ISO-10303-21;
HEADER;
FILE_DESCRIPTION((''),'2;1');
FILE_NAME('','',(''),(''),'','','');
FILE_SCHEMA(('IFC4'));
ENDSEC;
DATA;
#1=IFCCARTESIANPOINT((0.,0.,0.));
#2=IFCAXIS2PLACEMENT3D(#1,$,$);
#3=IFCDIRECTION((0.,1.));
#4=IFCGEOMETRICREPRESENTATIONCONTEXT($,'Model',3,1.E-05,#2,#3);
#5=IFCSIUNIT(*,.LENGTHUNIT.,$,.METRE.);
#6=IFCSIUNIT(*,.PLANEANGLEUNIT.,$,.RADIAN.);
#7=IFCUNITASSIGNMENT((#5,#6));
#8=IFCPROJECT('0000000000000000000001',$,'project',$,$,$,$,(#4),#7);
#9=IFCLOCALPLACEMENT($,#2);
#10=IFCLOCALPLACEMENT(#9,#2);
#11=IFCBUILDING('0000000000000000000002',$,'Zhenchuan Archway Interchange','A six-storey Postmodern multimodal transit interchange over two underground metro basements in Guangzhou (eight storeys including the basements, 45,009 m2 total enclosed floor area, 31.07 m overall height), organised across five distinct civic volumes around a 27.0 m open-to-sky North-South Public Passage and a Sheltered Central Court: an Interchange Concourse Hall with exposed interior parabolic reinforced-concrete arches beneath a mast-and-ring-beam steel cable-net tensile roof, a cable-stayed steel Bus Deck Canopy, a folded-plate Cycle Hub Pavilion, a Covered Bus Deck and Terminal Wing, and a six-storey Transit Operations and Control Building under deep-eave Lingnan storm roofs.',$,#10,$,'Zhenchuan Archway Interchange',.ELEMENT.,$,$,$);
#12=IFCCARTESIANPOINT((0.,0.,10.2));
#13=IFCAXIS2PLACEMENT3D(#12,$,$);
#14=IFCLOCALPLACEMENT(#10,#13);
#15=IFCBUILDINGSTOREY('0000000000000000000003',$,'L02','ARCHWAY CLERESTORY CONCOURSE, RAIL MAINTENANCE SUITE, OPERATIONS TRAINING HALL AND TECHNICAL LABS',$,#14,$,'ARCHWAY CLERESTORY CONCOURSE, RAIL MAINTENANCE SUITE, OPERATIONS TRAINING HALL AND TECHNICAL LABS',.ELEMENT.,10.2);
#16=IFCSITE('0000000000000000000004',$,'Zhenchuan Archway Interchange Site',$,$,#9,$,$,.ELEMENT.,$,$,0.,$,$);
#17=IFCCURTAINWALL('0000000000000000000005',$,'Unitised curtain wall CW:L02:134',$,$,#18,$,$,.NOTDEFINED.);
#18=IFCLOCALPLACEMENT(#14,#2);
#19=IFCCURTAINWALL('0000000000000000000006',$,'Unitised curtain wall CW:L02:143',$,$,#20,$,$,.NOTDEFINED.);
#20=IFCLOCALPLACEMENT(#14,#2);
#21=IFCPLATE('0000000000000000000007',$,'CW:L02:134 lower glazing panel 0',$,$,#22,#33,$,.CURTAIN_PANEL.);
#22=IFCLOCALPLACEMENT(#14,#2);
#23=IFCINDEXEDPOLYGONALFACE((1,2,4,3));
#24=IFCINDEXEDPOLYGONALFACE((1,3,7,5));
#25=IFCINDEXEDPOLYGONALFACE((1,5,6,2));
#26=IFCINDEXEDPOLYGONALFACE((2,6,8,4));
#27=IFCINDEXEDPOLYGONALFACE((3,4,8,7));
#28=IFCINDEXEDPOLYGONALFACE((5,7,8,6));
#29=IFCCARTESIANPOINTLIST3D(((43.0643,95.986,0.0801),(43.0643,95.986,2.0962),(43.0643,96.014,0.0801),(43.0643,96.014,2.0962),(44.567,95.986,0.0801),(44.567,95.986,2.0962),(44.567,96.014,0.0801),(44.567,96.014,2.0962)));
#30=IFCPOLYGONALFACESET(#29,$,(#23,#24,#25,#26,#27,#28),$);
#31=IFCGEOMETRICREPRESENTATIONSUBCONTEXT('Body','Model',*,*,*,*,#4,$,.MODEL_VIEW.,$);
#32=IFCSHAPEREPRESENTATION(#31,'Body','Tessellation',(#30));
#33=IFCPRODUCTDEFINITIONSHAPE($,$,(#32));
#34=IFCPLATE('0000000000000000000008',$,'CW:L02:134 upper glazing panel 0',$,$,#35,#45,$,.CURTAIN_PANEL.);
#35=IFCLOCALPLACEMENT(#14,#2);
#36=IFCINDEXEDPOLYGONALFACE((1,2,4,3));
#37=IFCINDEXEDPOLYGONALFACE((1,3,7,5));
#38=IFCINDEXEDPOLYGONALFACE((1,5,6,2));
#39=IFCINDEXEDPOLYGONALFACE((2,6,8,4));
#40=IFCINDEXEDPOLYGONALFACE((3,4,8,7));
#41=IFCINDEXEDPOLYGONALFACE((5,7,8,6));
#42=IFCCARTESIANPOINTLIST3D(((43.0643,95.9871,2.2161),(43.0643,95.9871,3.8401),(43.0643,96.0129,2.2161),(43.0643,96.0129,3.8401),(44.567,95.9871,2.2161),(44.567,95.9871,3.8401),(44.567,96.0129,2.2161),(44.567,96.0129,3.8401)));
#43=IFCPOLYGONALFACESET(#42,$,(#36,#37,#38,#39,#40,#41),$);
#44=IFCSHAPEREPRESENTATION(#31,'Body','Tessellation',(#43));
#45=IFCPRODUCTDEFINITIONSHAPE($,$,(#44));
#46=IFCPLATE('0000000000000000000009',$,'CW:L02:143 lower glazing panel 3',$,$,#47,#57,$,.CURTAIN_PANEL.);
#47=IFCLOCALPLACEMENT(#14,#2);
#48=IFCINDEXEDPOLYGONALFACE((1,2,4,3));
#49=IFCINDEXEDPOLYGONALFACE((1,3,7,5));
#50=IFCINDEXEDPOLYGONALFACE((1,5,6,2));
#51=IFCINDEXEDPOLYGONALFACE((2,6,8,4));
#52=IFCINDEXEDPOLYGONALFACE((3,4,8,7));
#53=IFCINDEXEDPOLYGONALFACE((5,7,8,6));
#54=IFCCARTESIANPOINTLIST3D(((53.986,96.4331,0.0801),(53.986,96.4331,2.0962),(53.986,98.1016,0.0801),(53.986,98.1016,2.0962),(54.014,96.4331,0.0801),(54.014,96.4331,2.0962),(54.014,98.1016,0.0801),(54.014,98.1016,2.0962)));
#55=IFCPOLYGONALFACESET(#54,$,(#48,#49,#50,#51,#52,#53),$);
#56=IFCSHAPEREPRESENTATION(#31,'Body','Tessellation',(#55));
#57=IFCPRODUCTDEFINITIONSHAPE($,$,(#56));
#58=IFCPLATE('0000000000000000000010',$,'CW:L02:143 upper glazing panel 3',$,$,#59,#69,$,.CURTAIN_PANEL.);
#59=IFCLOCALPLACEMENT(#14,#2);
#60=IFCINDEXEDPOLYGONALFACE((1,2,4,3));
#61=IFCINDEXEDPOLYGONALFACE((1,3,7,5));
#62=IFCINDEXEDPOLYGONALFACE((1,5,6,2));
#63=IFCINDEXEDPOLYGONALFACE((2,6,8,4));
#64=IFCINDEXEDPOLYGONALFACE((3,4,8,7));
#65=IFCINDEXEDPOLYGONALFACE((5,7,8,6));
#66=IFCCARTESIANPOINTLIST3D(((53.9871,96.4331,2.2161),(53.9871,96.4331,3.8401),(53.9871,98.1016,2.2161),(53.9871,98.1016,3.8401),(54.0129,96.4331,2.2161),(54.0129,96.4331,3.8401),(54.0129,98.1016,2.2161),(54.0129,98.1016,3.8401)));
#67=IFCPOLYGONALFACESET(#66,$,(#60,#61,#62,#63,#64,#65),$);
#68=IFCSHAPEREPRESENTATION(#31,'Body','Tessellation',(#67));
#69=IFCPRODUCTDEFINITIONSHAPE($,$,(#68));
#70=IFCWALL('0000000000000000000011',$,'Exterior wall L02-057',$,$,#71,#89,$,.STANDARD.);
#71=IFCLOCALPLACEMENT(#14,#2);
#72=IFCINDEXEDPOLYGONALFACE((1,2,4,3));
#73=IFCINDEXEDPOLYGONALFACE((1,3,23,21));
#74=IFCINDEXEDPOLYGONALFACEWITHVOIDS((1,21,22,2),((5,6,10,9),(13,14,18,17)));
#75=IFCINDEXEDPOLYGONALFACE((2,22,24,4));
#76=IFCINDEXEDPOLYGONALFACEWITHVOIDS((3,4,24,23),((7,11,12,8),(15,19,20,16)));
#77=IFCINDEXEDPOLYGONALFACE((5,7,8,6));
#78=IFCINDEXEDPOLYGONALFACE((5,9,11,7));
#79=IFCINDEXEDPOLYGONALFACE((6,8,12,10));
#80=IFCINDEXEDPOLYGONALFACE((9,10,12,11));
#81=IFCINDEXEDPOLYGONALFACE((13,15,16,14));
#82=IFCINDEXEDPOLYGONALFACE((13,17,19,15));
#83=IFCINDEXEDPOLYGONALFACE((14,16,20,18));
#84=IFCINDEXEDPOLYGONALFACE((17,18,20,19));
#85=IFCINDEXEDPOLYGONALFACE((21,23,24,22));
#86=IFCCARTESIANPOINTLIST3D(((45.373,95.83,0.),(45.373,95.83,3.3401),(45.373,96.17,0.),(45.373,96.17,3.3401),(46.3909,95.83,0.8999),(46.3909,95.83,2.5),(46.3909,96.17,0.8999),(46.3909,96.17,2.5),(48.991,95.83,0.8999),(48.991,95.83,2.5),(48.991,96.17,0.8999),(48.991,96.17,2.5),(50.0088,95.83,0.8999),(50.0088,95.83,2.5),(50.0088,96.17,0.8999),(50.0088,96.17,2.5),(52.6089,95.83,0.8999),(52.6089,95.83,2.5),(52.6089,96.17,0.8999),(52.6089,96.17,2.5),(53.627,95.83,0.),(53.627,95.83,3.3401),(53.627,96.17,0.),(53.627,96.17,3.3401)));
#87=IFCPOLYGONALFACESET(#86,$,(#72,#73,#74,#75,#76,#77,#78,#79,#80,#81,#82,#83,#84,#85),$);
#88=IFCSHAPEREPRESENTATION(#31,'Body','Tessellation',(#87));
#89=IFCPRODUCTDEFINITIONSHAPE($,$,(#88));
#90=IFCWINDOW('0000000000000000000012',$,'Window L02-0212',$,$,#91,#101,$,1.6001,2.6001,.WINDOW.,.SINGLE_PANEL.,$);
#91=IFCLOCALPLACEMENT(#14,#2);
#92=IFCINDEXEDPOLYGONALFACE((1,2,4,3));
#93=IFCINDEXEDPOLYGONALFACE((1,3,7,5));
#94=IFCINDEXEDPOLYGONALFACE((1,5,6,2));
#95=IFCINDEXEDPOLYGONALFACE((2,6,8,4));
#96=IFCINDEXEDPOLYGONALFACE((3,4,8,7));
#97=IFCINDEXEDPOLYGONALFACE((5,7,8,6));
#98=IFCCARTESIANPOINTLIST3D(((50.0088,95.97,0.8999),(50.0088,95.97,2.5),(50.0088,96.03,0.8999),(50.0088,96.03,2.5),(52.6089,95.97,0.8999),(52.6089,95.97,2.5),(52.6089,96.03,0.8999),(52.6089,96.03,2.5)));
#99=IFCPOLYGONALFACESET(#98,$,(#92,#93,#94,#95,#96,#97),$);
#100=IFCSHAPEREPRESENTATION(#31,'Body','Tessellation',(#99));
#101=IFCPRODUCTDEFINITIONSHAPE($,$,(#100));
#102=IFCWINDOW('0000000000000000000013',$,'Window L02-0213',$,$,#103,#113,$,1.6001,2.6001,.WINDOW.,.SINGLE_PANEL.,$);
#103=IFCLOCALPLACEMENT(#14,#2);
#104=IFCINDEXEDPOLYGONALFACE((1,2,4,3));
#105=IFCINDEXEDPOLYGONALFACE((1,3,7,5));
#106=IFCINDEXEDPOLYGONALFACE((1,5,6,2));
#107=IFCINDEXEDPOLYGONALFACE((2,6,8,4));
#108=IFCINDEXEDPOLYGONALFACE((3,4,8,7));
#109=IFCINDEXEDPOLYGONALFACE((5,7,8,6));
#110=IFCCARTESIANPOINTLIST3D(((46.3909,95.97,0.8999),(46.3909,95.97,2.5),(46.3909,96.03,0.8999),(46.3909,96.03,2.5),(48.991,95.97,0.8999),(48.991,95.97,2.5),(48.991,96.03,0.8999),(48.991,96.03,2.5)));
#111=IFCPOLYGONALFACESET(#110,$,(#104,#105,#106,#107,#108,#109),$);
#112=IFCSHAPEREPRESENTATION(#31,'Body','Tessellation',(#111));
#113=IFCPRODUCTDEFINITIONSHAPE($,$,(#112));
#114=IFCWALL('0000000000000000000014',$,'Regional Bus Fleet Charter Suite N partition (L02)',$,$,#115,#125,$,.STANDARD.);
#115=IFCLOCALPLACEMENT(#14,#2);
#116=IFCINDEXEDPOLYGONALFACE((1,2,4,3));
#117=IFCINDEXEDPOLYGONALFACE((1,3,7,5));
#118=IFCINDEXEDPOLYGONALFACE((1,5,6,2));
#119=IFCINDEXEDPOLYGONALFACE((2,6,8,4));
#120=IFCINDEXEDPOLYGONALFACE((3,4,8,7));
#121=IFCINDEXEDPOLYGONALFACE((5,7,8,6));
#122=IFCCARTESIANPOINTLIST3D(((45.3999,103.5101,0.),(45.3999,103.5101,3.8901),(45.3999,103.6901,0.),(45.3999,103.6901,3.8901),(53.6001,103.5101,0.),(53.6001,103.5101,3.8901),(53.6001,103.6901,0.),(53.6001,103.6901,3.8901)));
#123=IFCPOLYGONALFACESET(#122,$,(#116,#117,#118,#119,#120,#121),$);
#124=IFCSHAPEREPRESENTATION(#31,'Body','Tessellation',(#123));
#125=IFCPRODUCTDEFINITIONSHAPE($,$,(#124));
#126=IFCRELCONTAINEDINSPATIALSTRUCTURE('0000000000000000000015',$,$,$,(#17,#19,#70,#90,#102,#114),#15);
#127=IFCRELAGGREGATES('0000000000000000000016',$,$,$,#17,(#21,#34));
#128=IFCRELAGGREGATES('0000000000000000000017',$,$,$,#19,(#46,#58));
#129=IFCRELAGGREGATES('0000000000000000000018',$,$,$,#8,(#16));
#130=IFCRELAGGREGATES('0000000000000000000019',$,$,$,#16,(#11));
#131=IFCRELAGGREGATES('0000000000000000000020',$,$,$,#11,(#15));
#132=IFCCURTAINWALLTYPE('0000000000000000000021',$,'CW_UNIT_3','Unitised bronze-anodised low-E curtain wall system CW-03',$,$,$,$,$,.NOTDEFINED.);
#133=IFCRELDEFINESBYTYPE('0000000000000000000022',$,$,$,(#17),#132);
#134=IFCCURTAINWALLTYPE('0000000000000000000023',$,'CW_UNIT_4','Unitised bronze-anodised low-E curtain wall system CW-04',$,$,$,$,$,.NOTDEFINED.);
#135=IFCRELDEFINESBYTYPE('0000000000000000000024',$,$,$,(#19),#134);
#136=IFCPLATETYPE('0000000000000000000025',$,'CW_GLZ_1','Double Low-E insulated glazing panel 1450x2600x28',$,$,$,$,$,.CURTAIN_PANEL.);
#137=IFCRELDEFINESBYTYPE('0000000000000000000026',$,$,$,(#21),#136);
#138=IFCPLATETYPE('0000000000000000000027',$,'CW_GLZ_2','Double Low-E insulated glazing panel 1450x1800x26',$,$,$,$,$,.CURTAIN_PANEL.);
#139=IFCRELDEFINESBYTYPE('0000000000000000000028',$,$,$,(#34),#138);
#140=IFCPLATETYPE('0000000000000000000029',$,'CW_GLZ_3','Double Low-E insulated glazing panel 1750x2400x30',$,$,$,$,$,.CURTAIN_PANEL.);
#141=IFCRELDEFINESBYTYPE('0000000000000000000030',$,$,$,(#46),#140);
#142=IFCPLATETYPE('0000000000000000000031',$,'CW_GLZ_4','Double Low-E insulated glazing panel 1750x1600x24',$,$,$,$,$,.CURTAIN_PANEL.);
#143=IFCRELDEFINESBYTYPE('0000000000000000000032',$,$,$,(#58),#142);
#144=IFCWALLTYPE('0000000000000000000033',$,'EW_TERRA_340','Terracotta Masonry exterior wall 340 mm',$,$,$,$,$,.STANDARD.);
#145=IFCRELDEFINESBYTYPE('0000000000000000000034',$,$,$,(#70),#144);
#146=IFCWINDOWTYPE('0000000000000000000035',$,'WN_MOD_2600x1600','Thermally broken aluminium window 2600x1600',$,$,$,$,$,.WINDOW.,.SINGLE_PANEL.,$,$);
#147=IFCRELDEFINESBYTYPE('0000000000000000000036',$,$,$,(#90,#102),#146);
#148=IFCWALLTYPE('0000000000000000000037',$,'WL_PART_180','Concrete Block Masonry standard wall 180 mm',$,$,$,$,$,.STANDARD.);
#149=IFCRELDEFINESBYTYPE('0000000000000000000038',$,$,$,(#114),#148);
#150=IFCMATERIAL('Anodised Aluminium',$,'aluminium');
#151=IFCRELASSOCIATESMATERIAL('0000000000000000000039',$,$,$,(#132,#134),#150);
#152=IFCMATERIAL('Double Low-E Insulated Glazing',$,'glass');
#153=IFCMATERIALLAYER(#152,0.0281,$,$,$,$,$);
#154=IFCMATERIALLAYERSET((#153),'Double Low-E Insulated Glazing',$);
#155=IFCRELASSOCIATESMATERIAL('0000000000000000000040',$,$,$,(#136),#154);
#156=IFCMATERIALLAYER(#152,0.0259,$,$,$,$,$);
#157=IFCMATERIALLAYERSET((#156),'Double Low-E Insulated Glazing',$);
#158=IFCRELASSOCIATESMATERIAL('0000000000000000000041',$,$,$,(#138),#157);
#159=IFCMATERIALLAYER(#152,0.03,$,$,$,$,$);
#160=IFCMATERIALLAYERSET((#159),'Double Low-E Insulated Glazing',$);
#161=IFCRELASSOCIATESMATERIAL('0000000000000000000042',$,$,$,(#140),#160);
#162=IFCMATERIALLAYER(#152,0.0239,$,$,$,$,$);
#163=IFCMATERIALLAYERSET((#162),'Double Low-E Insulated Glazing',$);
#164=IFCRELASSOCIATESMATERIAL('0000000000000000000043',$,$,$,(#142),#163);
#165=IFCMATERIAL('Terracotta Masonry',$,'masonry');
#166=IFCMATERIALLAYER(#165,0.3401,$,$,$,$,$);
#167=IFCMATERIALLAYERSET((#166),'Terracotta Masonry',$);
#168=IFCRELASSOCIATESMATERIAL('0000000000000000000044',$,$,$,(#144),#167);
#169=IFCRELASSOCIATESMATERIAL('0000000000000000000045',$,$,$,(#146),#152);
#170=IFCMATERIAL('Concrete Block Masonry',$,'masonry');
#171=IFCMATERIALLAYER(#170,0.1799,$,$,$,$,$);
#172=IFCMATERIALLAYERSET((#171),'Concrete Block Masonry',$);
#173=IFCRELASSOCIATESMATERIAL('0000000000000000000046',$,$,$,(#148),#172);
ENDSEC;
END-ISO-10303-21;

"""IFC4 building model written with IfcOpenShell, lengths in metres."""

from ifc_helpers import new_model, si_unit, direction, frame, frame_2d, origin, origin_2d, place, context, subcontext, project, spatial, rectangle, extrude, material, layer, layer_set, type_object, element, fill, aggregate, save


model = new_model("IFC4")

# Units and contexts
model_context = context("Model", 3, precision=1e-05, world=origin(), true_north=direction((0.0, 1.0)))
body_context = subcontext(model_context, "Body", "Model", "MODEL_VIEW")
ifc_project = project(units=[si_unit("LENGTHUNIT", "METRE"), si_unit("PLANEANGLEUNIT", "RADIAN")], contexts=[model_context])

# Site, building, storey
site_placement = place(None, origin())
site = spatial("IfcSite", under=ifc_project, at=site_placement, Name="Zhenchuan Archway Interchange Site", CompositionType="ELEMENT", RefElevation=0.0)
building_placement = place(site_placement, origin())
building = spatial("IfcBuilding", under=site, at=building_placement, Name="Zhenchuan Archway Interchange", Description="A six-storey Postmodern multimodal transit interchange over two underground metro basements in Guangzhou (eight storeys including the basements, 45,009 m2 total enclosed floor area, 31.07 m overall height), organised across five distinct civic volumes around a 27.0 m open-to-sky North-South Public Passage and a Sheltered Central Court: an Interchange Concourse Hall with exposed interior parabolic reinforced-concrete arches beneath a mast-and-ring-beam steel cable-net tensile roof, a cable-stayed steel Bus Deck Canopy, a folded-plate Cycle Hub Pavilion, a Covered Bus Deck and Terminal Wing, and a six-storey Transit Operations and Control Building under deep-eave Lingnan storm roofs.", LongName="Zhenchuan Archway Interchange", CompositionType="ELEMENT")
storey_placement = place(building_placement, frame((0.0, 0.0, 10.2)))
storey = spatial("IfcBuildingStorey", under=building, at=storey_placement, Name="L02", Description="ARCHWAY CLERESTORY CONCOURSE, RAIL MAINTENANCE SUITE, OPERATIONS TRAINING HALL AND TECHNICAL LABS", LongName="ARCHWAY CLERESTORY CONCOURSE, RAIL MAINTENANCE SUITE, OPERATIONS TRAINING HALL AND TECHNICAL LABS", CompositionType="ELEMENT", Elevation=10.2)

# Curtain wall
ifc_material_1 = material(Name="Anodised Aluminium", Category="aluminium")
curtain_wall_type_1 = type_object("IfcCurtainWallType", Name="CW_UNIT_3", Description="Unitised bronze-anodised low-E curtain wall system CW-03", PredefinedType="NOTDEFINED", material=ifc_material_1)
curtain_wall_1_placement = place(storey_placement, origin())
curtain_wall_1 = element("IfcCurtainWall", 1, at=curtain_wall_1_placement, inside=storey, type_object=curtain_wall_type_1, Name="Unitised curtain wall CW:L02:134", PredefinedType="NOTDEFINED")

# Curtain wall
curtain_wall_type_2 = type_object("IfcCurtainWallType", Name="CW_UNIT_4", Description="Unitised bronze-anodised low-E curtain wall system CW-04", PredefinedType="NOTDEFINED", material=ifc_material_1)
curtain_wall_2_placement = place(storey_placement, origin())
curtain_wall_2 = element("IfcCurtainWall", 2, at=curtain_wall_2_placement, inside=storey, type_object=curtain_wall_type_2, Name="Unitised curtain wall CW:L02:143", PredefinedType="NOTDEFINED")

# Plates
ifc_material_2 = material(Name="Double Low-E Insulated Glazing", Category="glass")
ifc_layer_1 = layer(ifc_material_2, 0.0281)
ifc_layer_set_1 = layer_set([ifc_layer_1], Name="Double Low-E Insulated Glazing")
plate_type_1 = type_object("IfcPlateType", Name="CW_GLZ_1", Description="Double Low-E insulated glazing panel 1450x2600x28", PredefinedType="CURTAIN_PANEL", material=ifc_layer_set_1)
plate_1_placement = place(storey_placement, frame((43.8157, 96.0, 0.0801), z_axis=(0.0, 0.0, 1.0), x_axis=(-1.0, 0.0, 0.0)))
plate_1 = element("IfcPlate", 3, at=plate_1_placement, type_object=plate_type_1, Name="CW:L02:134 lower glazing panel 0", PredefinedType="CURTAIN_PANEL", context=body_context, shape_type="SweptSolid", body=[
    extrude(rectangle(XDim=1.5027, YDim=0.0281, at=origin_2d()), origin(), (0.0, 0.0, 1.0), 2.0161),
])
ifc_layer_2 = layer(ifc_material_2, 0.0259)
ifc_layer_set_2 = layer_set([ifc_layer_2], Name="Double Low-E Insulated Glazing")
plate_type_2 = type_object("IfcPlateType", Name="CW_GLZ_2", Description="Double Low-E insulated glazing panel 1450x1800x26", PredefinedType="CURTAIN_PANEL", material=ifc_layer_set_2)
plate_2_placement = place(storey_placement, frame((43.8157, 96.0, 2.2161), z_axis=(0.0, 0.0, 1.0), x_axis=(-1.0, 0.0, 0.0)))
plate_2 = element("IfcPlate", 4, at=plate_2_placement, type_object=plate_type_2, Name="CW:L02:134 upper glazing panel 0", PredefinedType="CURTAIN_PANEL", context=body_context, shape_type="SweptSolid", body=[
    extrude(rectangle(XDim=1.5027, YDim=0.0259, at=origin_2d()), origin(), (0.0, 0.0, 1.0), 1.624),
])
aggregate(curtain_wall_1, [plate_1, plate_2])
ifc_layer_3 = layer(ifc_material_2, 0.03)
ifc_layer_set_3 = layer_set([ifc_layer_3], Name="Double Low-E Insulated Glazing")
plate_type_3 = type_object("IfcPlateType", Name="CW_GLZ_3", Description="Double Low-E insulated glazing panel 1750x2400x30", PredefinedType="CURTAIN_PANEL", material=ifc_layer_set_3)
plate_3_placement = place(storey_placement, frame((54.0, 97.2673, 0.0801), z_axis=(0.0, 0.0, 1.0), x_axis=(0.0, -1.0, 0.0)))
plate_3 = element("IfcPlate", 5, at=plate_3_placement, type_object=plate_type_3, Name="CW:L02:143 lower glazing panel 3", PredefinedType="CURTAIN_PANEL", context=body_context, shape_type="SweptSolid", body=[
    extrude(rectangle(XDim=1.6685, YDim=0.0281, at=origin_2d()), origin(), (0.0, 0.0, 1.0), 2.0161),
])
ifc_layer_4 = layer(ifc_material_2, 0.0239)
ifc_layer_set_4 = layer_set([ifc_layer_4], Name="Double Low-E Insulated Glazing")
plate_type_4 = type_object("IfcPlateType", Name="CW_GLZ_4", Description="Double Low-E insulated glazing panel 1750x1600x24", PredefinedType="CURTAIN_PANEL", material=ifc_layer_set_4)
plate_4_placement = place(storey_placement, frame((54.0, 97.2673, 2.2161), z_axis=(0.0, 0.0, 1.0), x_axis=(0.0, -1.0, 0.0)))
plate_4 = element("IfcPlate", 6, at=plate_4_placement, type_object=plate_type_4, Name="CW:L02:143 upper glazing panel 3", PredefinedType="CURTAIN_PANEL", context=body_context, shape_type="SweptSolid", body=[
    extrude(rectangle(XDim=1.6685, YDim=0.0259, at=origin_2d()), origin(), (0.0, 0.0, 1.0), 1.624),
])
aggregate(curtain_wall_2, [plate_3, plate_4])

# Wall, openings, windows
ifc_material_3 = material(Name="Terracotta Masonry", Category="masonry")
ifc_layer_5 = layer(ifc_material_3, 0.3401)
ifc_layer_set_5 = layer_set([ifc_layer_5], Name="Terracotta Masonry")
wall_type_1 = type_object("IfcWallType", Name="EW_TERRA_340", Description="Terracotta Masonry exterior wall 340 mm", PredefinedType="STANDARD", material=ifc_layer_set_5)
wall_1_placement = place(storey_placement, frame((53.627, 96.0, 0.0), z_axis=(0.0, 0.0, 1.0), x_axis=(-1.0, 0.0, 0.0)))
wall_1 = element("IfcWall", 7, at=wall_1_placement, inside=storey, type_object=wall_type_1, Name="Exterior wall L02-057", PredefinedType="STANDARD", context=body_context, shape_type="SweptSolid", body=[
    extrude(rectangle(XDim=8.2539, YDim=0.3401, at=frame_2d((4.127, 0.0))), origin(), (0.0, 0.0, 1.0), 3.3401),
])
opening_1_placement = place(wall_1_placement, frame((1.0181, 0.0, 0.8999)))
opening_1 = element("IfcOpeningElement", 8, at=opening_1_placement, cuts=wall_1, PredefinedType="OPENING", context=body_context, shape_type="SweptSolid", body=[
    extrude(rectangle(XDim=2.6001, YDim=1.6001, at=frame_2d((1.3, 0.8))), frame((0.0, 0.1821, 0.0), z_axis=(0.0, -1.0, 0.0), x_axis=(1.0, 0.0, 0.0)), (0.0, 0.0, 1.0), 0.364),
])
opening_2_placement = place(wall_1_placement, frame((4.636, 0.0, 0.8999)))
opening_2 = element("IfcOpeningElement", 9, at=opening_2_placement, cuts=wall_1, PredefinedType="OPENING", context=body_context, shape_type="SweptSolid", body=[
    extrude(rectangle(XDim=2.6001, YDim=1.6001, at=frame_2d((1.3, 0.8))), frame((0.0, 0.1821, 0.0), z_axis=(0.0, -1.0, 0.0), x_axis=(1.0, 0.0, 0.0)), (0.0, 0.0, 1.0), 0.364),
])
window_type = type_object("IfcWindowType", Name="WN_MOD_2600x1600", Description="Thermally broken aluminium window 2600x1600", PartitioningType="SINGLE_PANEL", PredefinedType="WINDOW", material=ifc_material_2)
window_1_placement = place(opening_1_placement, origin())
window_1 = element("IfcWindow", 10, at=window_1_placement, inside=storey, type_object=window_type, Name="Window L02-0212", OverallHeight=1.6001, OverallWidth=2.6001, PartitioningType="SINGLE_PANEL", PredefinedType="WINDOW", context=body_context, shape_type="SweptSolid", body=[
    extrude(rectangle(XDim=2.6001, YDim=1.6001, at=frame_2d((1.3, 0.8))), frame((0.0, 0.03, 0.0), z_axis=(0.0, -1.0, 0.0), x_axis=(1.0, 0.0, 0.0)), (0.0, 0.0, 1.0), 0.0601),
])
fill(opening_1, window_1)
window_2_placement = place(opening_2_placement, origin())
window_2 = element("IfcWindow", 11, at=window_2_placement, inside=storey, type_object=window_type, Name="Window L02-0213", OverallHeight=1.6001, OverallWidth=2.6001, PartitioningType="SINGLE_PANEL", PredefinedType="WINDOW", context=body_context, shape_type="SweptSolid", body=[
    extrude(rectangle(XDim=2.6001, YDim=1.6001, at=frame_2d((1.3, 0.8))), frame((0.0, 0.03, 0.0), z_axis=(0.0, -1.0, 0.0), x_axis=(1.0, 0.0, 0.0)), (0.0, 0.0, 1.0), 0.0601),
])
fill(opening_2, window_2)

# Wall
ifc_material_4 = material(Name="Concrete Block Masonry", Category="masonry")
ifc_layer_6 = layer(ifc_material_4, 0.1799)
ifc_layer_set_6 = layer_set([ifc_layer_6], Name="Concrete Block Masonry")
wall_type_2 = type_object("IfcWallType", Name="WL_PART_180", Description="Concrete Block Masonry standard wall 180 mm", PredefinedType="STANDARD", material=ifc_layer_set_6)
wall_2_placement = place(storey_placement, frame((45.3999, 103.6001, 0.0), z_axis=(0.0, 0.0, 1.0), x_axis=(1.0, 0.0, 0.0)))
element("IfcWall", 12, at=wall_2_placement, inside=storey, type_object=wall_type_2, Name="Regional Bus Fleet Charter Suite N partition (L02)", PredefinedType="STANDARD", context=body_context, shape_type="SweptSolid", body=[
    extrude(rectangle(XDim=8.2002, YDim=0.1799, at=frame_2d((4.1001, 0.0))), origin(), (0.0, 0.0, 1.0), 3.8901),
])

save(model, "model.ifc")
